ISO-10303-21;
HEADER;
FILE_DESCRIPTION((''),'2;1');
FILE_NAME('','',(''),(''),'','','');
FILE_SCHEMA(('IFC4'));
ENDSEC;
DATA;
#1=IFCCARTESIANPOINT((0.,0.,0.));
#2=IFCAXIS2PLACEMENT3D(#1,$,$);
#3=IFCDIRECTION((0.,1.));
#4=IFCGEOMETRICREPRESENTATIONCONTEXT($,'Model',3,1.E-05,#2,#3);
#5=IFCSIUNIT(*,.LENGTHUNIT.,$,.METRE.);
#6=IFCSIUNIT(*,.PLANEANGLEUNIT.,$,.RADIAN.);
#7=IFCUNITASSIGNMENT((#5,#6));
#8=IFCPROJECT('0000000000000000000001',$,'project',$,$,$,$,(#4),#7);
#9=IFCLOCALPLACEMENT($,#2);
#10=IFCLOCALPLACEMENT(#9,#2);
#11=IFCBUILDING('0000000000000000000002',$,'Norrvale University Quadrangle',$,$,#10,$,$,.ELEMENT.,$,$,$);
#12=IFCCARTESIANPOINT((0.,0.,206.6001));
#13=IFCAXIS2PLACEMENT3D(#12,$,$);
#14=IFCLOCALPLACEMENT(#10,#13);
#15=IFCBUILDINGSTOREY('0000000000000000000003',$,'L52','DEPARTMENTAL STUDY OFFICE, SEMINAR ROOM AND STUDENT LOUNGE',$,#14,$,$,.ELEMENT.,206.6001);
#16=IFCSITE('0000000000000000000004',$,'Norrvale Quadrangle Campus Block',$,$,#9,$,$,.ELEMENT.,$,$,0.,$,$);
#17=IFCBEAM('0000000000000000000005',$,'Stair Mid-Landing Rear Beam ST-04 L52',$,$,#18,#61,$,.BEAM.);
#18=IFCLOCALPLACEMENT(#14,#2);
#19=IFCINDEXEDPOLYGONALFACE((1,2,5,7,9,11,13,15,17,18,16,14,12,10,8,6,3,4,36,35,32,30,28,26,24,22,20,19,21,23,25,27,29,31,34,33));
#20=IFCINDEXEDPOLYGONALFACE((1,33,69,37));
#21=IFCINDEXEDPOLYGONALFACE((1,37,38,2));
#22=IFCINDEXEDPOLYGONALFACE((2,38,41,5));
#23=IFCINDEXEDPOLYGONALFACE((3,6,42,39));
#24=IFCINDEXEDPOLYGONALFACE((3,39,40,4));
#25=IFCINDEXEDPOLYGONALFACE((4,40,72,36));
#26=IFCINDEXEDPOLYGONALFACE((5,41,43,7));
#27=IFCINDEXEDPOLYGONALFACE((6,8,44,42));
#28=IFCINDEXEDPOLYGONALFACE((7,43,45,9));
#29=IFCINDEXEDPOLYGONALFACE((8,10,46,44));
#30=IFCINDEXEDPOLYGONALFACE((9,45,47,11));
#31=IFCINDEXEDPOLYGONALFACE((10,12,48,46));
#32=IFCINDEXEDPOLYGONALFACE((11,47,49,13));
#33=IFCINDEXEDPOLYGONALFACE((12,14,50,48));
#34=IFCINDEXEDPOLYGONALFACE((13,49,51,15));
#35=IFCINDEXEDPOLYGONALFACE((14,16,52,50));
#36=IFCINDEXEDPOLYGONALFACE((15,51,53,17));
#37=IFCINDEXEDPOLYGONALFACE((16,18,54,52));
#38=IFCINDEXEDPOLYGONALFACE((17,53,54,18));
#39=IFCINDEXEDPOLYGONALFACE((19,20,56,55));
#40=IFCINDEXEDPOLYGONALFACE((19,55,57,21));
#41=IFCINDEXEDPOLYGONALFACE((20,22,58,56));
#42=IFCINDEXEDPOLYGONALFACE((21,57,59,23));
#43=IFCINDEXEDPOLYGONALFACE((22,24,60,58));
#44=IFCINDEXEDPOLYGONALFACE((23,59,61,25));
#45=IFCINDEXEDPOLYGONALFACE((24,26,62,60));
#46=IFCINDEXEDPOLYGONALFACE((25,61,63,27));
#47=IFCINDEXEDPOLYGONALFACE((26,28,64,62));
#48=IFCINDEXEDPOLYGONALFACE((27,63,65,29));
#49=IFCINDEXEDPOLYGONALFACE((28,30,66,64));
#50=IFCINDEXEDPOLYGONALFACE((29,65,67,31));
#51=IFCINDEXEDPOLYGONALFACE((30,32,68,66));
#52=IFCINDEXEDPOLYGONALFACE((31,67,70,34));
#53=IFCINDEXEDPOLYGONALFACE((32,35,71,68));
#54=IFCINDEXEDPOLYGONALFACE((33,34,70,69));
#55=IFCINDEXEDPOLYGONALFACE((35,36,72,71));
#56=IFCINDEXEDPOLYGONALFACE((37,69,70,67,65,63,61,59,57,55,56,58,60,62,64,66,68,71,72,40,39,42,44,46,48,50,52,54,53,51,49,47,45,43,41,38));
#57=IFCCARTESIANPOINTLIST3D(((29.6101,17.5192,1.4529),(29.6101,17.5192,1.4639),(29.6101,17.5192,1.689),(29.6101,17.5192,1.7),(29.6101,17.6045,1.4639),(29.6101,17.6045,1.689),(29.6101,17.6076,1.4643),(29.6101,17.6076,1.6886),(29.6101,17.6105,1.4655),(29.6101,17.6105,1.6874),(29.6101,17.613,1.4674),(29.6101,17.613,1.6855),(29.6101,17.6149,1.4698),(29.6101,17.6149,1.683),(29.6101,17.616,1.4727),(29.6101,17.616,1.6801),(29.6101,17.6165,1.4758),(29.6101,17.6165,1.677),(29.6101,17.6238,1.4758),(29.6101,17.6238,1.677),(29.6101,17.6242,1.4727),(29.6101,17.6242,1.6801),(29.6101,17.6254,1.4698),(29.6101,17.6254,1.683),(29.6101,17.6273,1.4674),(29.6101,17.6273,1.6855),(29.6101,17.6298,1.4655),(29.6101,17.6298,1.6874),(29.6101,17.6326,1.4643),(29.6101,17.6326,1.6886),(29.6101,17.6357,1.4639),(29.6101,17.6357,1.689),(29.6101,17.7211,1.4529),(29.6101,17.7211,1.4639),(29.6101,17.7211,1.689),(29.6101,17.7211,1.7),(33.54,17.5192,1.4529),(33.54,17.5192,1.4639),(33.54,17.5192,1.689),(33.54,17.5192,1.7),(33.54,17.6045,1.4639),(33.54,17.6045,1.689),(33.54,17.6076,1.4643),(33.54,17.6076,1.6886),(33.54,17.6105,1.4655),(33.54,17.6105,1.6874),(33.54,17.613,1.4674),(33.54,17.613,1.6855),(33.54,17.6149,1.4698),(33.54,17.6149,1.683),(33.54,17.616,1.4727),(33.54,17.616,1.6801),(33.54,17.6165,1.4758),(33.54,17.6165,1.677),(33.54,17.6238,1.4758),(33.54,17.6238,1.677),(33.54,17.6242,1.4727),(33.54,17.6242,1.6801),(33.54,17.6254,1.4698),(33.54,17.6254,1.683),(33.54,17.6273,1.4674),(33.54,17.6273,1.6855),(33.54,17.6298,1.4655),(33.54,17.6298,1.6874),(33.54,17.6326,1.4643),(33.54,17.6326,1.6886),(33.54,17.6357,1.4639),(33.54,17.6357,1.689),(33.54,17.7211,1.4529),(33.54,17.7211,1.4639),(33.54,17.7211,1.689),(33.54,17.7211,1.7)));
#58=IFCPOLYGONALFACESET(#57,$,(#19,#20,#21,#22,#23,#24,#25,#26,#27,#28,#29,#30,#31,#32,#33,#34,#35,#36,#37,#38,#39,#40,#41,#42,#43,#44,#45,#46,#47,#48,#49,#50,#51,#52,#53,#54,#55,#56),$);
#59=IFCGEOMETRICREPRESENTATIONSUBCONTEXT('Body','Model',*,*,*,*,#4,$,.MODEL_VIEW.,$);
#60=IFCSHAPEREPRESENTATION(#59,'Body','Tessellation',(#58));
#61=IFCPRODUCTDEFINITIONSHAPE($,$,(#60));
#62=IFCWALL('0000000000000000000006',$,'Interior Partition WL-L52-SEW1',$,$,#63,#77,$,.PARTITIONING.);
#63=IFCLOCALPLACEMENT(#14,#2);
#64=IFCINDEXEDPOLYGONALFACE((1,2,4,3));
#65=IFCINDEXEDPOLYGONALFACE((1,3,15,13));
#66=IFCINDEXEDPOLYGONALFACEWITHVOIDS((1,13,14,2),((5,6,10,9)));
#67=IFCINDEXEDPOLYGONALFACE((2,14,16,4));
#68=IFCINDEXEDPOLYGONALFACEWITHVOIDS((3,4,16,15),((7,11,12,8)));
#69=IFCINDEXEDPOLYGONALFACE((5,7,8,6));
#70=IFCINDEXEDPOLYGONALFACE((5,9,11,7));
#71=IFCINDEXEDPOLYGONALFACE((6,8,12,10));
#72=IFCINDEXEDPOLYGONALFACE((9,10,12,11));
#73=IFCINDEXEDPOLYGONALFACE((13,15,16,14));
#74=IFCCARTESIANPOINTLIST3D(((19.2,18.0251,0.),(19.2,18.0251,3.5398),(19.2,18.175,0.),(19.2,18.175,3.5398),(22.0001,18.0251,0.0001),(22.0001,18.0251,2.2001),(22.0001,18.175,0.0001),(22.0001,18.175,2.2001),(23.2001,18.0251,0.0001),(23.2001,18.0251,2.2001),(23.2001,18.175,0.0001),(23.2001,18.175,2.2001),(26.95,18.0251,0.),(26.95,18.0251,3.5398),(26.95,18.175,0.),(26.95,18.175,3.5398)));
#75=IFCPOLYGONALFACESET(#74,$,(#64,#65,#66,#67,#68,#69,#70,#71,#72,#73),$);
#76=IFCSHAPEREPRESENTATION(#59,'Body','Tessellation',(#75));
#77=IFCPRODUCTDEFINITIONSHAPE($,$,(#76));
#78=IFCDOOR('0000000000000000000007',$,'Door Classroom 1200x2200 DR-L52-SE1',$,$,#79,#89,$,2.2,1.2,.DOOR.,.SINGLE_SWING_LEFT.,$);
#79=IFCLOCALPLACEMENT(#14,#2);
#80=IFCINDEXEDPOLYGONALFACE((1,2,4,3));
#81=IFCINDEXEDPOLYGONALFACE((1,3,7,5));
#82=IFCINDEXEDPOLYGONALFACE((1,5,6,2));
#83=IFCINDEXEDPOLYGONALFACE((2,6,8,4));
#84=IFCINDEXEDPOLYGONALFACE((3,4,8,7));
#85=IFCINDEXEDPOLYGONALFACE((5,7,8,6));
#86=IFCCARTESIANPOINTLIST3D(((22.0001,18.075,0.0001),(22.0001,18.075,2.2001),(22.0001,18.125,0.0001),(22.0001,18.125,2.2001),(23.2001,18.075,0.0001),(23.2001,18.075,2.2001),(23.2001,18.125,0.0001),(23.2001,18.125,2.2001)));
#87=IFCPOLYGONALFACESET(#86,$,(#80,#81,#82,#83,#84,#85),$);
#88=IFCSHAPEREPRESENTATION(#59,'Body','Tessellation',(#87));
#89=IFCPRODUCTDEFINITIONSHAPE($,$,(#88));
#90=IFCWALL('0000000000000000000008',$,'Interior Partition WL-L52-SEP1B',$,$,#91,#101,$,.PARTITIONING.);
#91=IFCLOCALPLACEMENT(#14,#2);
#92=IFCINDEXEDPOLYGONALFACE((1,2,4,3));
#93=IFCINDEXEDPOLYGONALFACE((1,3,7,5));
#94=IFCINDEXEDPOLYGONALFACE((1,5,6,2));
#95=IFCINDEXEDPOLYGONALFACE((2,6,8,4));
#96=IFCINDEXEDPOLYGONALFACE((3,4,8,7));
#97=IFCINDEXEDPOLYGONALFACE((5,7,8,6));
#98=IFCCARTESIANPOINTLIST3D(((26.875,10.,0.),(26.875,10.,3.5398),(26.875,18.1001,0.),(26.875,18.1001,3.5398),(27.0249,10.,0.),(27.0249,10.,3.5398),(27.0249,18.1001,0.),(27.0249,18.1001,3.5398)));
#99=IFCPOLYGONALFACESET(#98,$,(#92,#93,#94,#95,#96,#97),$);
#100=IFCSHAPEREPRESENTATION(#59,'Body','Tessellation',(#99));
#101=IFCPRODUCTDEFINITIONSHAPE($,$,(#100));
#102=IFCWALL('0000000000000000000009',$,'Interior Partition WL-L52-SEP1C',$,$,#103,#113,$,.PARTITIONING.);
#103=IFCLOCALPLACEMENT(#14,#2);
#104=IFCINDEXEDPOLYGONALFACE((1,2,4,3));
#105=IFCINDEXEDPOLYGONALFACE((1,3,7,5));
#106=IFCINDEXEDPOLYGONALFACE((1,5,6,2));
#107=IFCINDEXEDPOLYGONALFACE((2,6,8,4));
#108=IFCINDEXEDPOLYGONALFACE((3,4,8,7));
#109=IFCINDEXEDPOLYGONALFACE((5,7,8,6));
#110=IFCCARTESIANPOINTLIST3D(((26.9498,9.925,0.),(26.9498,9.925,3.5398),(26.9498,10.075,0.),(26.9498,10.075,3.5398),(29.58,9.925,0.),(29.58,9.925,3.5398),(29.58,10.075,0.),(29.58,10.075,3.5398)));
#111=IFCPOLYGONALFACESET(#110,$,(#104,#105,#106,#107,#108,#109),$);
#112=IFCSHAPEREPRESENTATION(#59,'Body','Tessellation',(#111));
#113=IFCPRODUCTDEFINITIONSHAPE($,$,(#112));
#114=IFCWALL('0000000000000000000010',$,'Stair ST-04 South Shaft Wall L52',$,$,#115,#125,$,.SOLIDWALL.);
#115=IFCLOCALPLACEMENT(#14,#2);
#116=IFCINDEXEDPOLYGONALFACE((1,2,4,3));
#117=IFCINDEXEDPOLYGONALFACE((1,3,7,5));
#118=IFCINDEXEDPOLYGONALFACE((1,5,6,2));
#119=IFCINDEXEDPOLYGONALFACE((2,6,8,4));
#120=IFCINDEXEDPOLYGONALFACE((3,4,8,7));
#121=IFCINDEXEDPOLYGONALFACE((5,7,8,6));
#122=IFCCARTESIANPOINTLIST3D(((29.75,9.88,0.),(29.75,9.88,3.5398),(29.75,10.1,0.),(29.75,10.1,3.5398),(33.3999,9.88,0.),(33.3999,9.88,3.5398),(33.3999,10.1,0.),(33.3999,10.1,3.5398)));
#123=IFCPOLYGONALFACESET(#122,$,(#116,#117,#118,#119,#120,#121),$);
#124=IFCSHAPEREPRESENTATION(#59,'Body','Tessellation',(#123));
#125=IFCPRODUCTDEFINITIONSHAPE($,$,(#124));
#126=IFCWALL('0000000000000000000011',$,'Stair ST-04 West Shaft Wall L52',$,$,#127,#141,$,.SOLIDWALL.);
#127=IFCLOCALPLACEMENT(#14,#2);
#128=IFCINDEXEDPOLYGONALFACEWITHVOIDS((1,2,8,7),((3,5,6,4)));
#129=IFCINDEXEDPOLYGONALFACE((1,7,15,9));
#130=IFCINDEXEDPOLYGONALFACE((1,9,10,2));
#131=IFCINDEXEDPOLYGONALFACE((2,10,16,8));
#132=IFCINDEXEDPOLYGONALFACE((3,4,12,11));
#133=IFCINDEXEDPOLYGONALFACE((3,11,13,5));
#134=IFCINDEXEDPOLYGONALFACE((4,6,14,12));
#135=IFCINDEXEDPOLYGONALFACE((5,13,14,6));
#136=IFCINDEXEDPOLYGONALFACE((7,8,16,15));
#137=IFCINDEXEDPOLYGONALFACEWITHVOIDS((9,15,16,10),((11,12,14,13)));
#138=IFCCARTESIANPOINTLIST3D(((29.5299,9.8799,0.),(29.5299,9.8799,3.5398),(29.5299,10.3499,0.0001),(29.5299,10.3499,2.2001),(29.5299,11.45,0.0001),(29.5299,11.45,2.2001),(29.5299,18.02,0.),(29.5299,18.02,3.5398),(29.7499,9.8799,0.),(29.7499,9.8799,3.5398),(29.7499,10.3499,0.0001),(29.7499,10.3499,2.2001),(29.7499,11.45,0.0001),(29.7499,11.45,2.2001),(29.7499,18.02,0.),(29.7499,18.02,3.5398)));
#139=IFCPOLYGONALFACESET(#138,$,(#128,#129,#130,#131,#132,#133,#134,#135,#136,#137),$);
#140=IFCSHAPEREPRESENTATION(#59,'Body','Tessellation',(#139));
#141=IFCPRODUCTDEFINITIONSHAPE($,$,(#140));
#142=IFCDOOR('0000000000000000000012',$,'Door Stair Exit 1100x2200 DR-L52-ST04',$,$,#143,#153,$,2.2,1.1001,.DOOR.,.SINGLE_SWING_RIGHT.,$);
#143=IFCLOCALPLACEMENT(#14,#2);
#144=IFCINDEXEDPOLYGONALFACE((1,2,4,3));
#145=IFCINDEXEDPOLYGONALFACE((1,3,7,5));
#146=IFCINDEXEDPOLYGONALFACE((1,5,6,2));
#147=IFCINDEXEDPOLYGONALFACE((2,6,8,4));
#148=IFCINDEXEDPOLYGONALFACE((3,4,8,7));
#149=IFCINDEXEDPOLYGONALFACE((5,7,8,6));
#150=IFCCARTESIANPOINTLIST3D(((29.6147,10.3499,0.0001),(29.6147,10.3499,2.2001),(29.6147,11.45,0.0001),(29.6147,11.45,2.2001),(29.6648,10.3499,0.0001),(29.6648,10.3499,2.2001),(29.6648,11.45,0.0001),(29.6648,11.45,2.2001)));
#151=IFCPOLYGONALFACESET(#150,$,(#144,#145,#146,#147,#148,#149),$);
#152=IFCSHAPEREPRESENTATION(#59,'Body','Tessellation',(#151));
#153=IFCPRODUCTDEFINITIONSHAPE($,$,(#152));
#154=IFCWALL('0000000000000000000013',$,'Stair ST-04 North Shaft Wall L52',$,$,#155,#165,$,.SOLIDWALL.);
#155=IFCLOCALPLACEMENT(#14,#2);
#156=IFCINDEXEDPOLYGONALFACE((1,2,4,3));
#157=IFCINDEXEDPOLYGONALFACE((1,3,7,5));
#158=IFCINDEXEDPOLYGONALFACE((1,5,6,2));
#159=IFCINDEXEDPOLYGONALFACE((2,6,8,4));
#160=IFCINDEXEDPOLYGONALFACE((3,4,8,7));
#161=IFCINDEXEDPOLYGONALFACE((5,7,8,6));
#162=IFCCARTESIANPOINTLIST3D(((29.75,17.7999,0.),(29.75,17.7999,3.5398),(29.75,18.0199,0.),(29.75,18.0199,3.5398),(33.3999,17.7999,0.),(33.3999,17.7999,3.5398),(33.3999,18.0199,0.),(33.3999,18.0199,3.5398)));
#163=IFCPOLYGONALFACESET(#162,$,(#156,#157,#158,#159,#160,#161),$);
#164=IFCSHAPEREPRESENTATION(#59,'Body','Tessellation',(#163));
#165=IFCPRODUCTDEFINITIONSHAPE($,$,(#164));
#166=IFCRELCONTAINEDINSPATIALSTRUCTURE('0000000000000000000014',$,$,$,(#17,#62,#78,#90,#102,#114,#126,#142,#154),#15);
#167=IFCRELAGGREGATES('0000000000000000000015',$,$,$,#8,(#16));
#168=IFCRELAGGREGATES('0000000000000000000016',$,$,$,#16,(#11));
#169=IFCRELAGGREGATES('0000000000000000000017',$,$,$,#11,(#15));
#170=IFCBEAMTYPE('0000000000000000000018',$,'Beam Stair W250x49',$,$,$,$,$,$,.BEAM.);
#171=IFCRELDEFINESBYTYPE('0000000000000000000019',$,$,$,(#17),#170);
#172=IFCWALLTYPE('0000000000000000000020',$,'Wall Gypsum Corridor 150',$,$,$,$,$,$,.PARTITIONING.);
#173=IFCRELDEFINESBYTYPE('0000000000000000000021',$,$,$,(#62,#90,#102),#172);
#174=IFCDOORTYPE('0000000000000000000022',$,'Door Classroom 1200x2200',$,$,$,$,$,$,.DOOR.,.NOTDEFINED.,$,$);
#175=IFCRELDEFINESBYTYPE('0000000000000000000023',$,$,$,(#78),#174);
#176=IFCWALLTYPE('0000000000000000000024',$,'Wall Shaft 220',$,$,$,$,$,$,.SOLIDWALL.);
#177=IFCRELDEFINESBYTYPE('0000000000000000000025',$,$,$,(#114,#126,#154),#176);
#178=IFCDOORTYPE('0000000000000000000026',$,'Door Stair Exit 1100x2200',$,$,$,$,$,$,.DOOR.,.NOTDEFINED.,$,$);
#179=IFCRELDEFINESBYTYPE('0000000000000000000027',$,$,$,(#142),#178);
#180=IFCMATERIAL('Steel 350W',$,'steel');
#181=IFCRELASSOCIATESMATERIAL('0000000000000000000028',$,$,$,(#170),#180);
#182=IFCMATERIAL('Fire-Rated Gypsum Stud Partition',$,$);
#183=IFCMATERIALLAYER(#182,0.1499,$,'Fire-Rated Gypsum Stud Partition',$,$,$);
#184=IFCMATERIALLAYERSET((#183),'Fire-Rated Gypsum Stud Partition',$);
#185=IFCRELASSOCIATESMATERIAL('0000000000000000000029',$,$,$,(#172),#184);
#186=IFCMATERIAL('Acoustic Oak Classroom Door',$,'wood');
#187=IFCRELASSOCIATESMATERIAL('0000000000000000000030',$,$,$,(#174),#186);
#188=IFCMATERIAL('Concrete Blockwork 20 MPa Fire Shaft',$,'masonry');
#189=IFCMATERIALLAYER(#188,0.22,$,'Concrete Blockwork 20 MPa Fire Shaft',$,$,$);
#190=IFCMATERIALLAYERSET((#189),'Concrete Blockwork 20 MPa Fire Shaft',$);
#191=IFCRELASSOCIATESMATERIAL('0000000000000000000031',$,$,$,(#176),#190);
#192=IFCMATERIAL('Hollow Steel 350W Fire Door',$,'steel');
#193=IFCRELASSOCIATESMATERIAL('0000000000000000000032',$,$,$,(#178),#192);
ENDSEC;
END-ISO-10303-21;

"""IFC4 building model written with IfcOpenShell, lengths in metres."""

from ifc_helpers import new_model, si_unit, direction, frame, frame_2d, origin, origin_2d, place, context, subcontext, project, spatial, rectangle, i_section, extrude, material, layer, layer_set, material_profile, profile_set, type_object, element, fill, save


model = new_model("IFC4")

# Units and contexts
model_context = context("Model", 3, precision=1e-05, world=origin(), true_north=direction((0.0, 1.0)))
body_context = subcontext(model_context, "Body", "Model", "MODEL_VIEW")
ifc_project = project(units=[si_unit("LENGTHUNIT", "METRE"), si_unit("PLANEANGLEUNIT", "RADIAN")], contexts=[model_context])

# Site, building, storey
site_placement = place(None, origin())
site = spatial("IfcSite", under=ifc_project, at=site_placement, Name="Norrvale Quadrangle Campus Block", CompositionType="ELEMENT", RefElevation=0.0)
building_placement = place(site_placement, origin())
building = spatial("IfcBuilding", under=site, at=building_placement, Name="Norrvale University Quadrangle", CompositionType="ELEMENT")
storey_placement = place(building_placement, frame((0.0, 0.0, 206.6001)))
storey = spatial("IfcBuildingStorey", under=building, at=storey_placement, Name="L52", Description="DEPARTMENTAL STUDY OFFICE, SEMINAR ROOM AND STUDENT LOUNGE", CompositionType="ELEMENT", Elevation=206.6001)

# Beam
ifc_material_1 = material(Name="Steel 350W", Category="steel")
ifc_material_profile_1 = material_profile(ifc_material_1, i_section(OverallWidth=0.2019, OverallDepth=0.2471, WebThickness=0.0073, FlangeThickness=0.011, FilletRadius=0.012, at=origin_2d()), Name="Steel 350W")
ifc_profile_set_1 = profile_set([ifc_material_profile_1], Name="Steel 350W")
beam_type_1 = type_object("IfcBeamType", Name="Beam Stair W250x49", PredefinedType="BEAM", material=ifc_profile_set_1)
for number, where, z_axis, x_axis, name in (
    (1, (29.6101, 17.6201, 1.5764), (1.0, 0.0, 0.0), (0.0, 1.0, 0.0), "Stair Mid-Landing Rear Beam ST-04 L52"),
):
    element("IfcBeam", number, at=place(storey_placement, frame(where, z_axis=z_axis, x_axis=x_axis)), inside=storey, type_object=beam_type_1, Name=name, PredefinedType="BEAM", context=body_context, shape_type="SweptSolid", body=[
        extrude(i_section(OverallWidth=0.2019, OverallDepth=0.2471, WebThickness=0.0073, FlangeThickness=0.011, FilletRadius=0.012, at=origin_2d()), origin(), (0.0, 0.0, 1.0), 3.9299),
    ])

# Wall, opening, door
ifc_material_2 = material(Name="Fire-Rated Gypsum Stud Partition")
ifc_layer_1 = layer(ifc_material_2, 0.1499, Name="Fire-Rated Gypsum Stud Partition")
ifc_layer_set_1 = layer_set([ifc_layer_1], Name="Fire-Rated Gypsum Stud Partition")
wall_type_1 = type_object("IfcWallType", Name="Wall Gypsum Corridor 150", PredefinedType="PARTITIONING", material=ifc_layer_set_1)
wall_1_placement = place(storey_placement, frame((19.2, 18.1001, 0.0), z_axis=(0.0, 0.0, 1.0), x_axis=(1.0, 0.0, 0.0)))
wall_1 = element("IfcWall", 2, at=wall_1_placement, inside=storey, type_object=wall_type_1, Name="Interior Partition WL-L52-SEW1", PredefinedType="PARTITIONING", context=body_context, shape_type="SweptSolid", body=[
    extrude(rectangle(XDim=7.75, YDim=0.1499, at=frame_2d((3.875, 0.0))), origin(), (0.0, 0.0, 1.0), 3.5398),
])
opening_1_placement = place(wall_1_placement, frame((2.8, 0.0, 0.0)))
opening_1 = element("IfcOpeningElement", 3, at=opening_1_placement, cuts=wall_1, PredefinedType="OPENING", context=body_context, shape_type="SweptSolid", body=[
    extrude(rectangle(XDim=1.2, YDim=2.2, at=frame_2d((0.6001, 1.1001))), frame((0.0, 0.0869, 0.0), z_axis=(0.0, -1.0, 0.0), x_axis=(1.0, 0.0, 0.0)), (0.0, 0.0, 1.0), 0.1738),
])
ifc_material_3 = material(Name="Acoustic Oak Classroom Door", Category="wood")
door_type_1 = type_object("IfcDoorType", Name="Door Classroom 1200x2200", OperationType="NOTDEFINED", PredefinedType="DOOR", material=ifc_material_3)
door_1_placement = place(opening_1_placement, origin())
door_1 = element("IfcDoor", 4, at=door_1_placement, inside=storey, type_object=door_type_1, Name="Door Classroom 1200x2200 DR-L52-SE1", OperationType="SINGLE_SWING_LEFT", OverallHeight=2.2, OverallWidth=1.2, PredefinedType="DOOR", context=body_context, shape_type="SweptSolid", body=[
    extrude(rectangle(XDim=1.2, YDim=2.2, at=frame_2d((0.6001, 1.1001))), frame((0.0, 0.0249, 0.0), z_axis=(0.0, -1.0, 0.0), x_axis=(1.0, 0.0, 0.0)), (0.0, 0.0, 1.0), 0.05),
])
fill(opening_1, door_1)

# Walls
wall_2_placement = place(storey_placement, frame((26.95, 10.0, 0.0), z_axis=(0.0, 0.0, 1.0), x_axis=(0.0, 1.0, 0.0)))
element("IfcWall", 5, at=wall_2_placement, inside=storey, type_object=wall_type_1, Name="Interior Partition WL-L52-SEP1B", PredefinedType="PARTITIONING", context=body_context, shape_type="SweptSolid", body=[
    extrude(rectangle(XDim=8.1001, YDim=0.1499, at=frame_2d((4.05, 0.0))), origin(), (0.0, 0.0, 1.0), 3.5398),
])
wall_3_placement = place(storey_placement, frame((26.95, 10.0, 0.0), z_axis=(0.0, 0.0, 1.0), x_axis=(1.0, 0.0, 0.0)))
element("IfcWall", 6, at=wall_3_placement, inside=storey, type_object=wall_type_1, Name="Interior Partition WL-L52-SEP1C", PredefinedType="PARTITIONING", context=body_context, shape_type="SweptSolid", body=[
    extrude(rectangle(XDim=2.6301, YDim=0.1499, at=frame_2d((1.3149, 0.0))), origin(), (0.0, 0.0, 1.0), 3.5398),
])
ifc_material_4 = material(Name="Concrete Blockwork 20 MPa Fire Shaft", Category="masonry")
ifc_layer_2 = layer(ifc_material_4, 0.22, Name="Concrete Blockwork 20 MPa Fire Shaft")
ifc_layer_set_2 = layer_set([ifc_layer_2], Name="Concrete Blockwork 20 MPa Fire Shaft")
wall_type_2 = type_object("IfcWallType", Name="Wall Shaft 220", PredefinedType="SOLIDWALL", material=ifc_layer_set_2)
wall_4_placement = place(storey_placement, frame((29.75, 9.99, 0.0), z_axis=(0.0, 0.0, 1.0), x_axis=(1.0, 0.0, 0.0)))
element("IfcWall", 7, at=wall_4_placement, inside=storey, type_object=wall_type_2, Name="Stair ST-04 South Shaft Wall L52", PredefinedType="SOLIDWALL", context=body_context, shape_type="SweptSolid", body=[
    extrude(rectangle(XDim=3.6499, YDim=0.22, at=frame_2d((1.825, 0.0))), origin(), (0.0, 0.0, 1.0), 3.5398),
])

# Wall, opening, door
wall_5_placement = place(storey_placement, frame((29.6399, 9.8799, 0.0), z_axis=(0.0, 0.0, 1.0), x_axis=(0.0, 1.0, 0.0)))
wall_5 = element("IfcWall", 8, at=wall_5_placement, inside=storey, type_object=wall_type_2, Name="Stair ST-04 West Shaft Wall L52", PredefinedType="SOLIDWALL", context=body_context, shape_type="SweptSolid", body=[
    extrude(rectangle(XDim=8.1401, YDim=0.22, at=frame_2d((4.0701, 0.0))), origin(), (0.0, 0.0, 1.0), 3.5398),
])
opening_2_placement = place(wall_5_placement, frame((0.47, 0.0, 0.0)))
opening_2 = element("IfcOpeningElement", 9, at=opening_2_placement, cuts=wall_5, PredefinedType="OPENING", context=body_context, shape_type="SweptSolid", body=[
    extrude(rectangle(XDim=1.1001, YDim=2.2, at=frame_2d((0.55, 1.1001))), frame((0.0, 0.1221, 0.0), z_axis=(0.0, -1.0, 0.0), x_axis=(1.0, 0.0, 0.0)), (0.0, 0.0, 1.0), 0.2439),
])
ifc_material_5 = material(Name="Hollow Steel 350W Fire Door", Category="steel")
door_type_2 = type_object("IfcDoorType", Name="Door Stair Exit 1100x2200", OperationType="NOTDEFINED", PredefinedType="DOOR", material=ifc_material_5)
door_2_placement = place(opening_2_placement, frame((1.1001, 0.0, 0.0), z_axis=(0.0, 0.0, 1.0), x_axis=(-1.0, 0.0, 0.0)))
door_2 = element("IfcDoor", 10, at=door_2_placement, inside=storey, type_object=door_type_2, Name="Door Stair Exit 1100x2200 DR-L52-ST04", OperationType="SINGLE_SWING_RIGHT", OverallHeight=2.2, OverallWidth=1.1001, PredefinedType="DOOR", context=body_context, shape_type="SweptSolid", body=[
    extrude(rectangle(XDim=1.1001, YDim=2.2, at=frame_2d((0.55, 1.1001))), frame((0.0, 0.0249, 0.0), z_axis=(0.0, -1.0, 0.0), x_axis=(1.0, 0.0, 0.0)), (0.0, 0.0, 1.0), 0.05),
])
fill(opening_2, door_2)

# Wall
wall_6_placement = place(storey_placement, frame((29.75, 17.9099, 0.0), z_axis=(0.0, 0.0, 1.0), x_axis=(1.0, 0.0, 0.0)))
element("IfcWall", 11, at=wall_6_placement, inside=storey, type_object=wall_type_2, Name="Stair ST-04 North Shaft Wall L52", PredefinedType="SOLIDWALL", context=body_context, shape_type="SweptSolid", body=[
    extrude(rectangle(XDim=3.6499, YDim=0.22, at=frame_2d((1.825, 0.0))), origin(), (0.0, 0.0, 1.0), 3.5398),
])

save(model, "model.ifc")
